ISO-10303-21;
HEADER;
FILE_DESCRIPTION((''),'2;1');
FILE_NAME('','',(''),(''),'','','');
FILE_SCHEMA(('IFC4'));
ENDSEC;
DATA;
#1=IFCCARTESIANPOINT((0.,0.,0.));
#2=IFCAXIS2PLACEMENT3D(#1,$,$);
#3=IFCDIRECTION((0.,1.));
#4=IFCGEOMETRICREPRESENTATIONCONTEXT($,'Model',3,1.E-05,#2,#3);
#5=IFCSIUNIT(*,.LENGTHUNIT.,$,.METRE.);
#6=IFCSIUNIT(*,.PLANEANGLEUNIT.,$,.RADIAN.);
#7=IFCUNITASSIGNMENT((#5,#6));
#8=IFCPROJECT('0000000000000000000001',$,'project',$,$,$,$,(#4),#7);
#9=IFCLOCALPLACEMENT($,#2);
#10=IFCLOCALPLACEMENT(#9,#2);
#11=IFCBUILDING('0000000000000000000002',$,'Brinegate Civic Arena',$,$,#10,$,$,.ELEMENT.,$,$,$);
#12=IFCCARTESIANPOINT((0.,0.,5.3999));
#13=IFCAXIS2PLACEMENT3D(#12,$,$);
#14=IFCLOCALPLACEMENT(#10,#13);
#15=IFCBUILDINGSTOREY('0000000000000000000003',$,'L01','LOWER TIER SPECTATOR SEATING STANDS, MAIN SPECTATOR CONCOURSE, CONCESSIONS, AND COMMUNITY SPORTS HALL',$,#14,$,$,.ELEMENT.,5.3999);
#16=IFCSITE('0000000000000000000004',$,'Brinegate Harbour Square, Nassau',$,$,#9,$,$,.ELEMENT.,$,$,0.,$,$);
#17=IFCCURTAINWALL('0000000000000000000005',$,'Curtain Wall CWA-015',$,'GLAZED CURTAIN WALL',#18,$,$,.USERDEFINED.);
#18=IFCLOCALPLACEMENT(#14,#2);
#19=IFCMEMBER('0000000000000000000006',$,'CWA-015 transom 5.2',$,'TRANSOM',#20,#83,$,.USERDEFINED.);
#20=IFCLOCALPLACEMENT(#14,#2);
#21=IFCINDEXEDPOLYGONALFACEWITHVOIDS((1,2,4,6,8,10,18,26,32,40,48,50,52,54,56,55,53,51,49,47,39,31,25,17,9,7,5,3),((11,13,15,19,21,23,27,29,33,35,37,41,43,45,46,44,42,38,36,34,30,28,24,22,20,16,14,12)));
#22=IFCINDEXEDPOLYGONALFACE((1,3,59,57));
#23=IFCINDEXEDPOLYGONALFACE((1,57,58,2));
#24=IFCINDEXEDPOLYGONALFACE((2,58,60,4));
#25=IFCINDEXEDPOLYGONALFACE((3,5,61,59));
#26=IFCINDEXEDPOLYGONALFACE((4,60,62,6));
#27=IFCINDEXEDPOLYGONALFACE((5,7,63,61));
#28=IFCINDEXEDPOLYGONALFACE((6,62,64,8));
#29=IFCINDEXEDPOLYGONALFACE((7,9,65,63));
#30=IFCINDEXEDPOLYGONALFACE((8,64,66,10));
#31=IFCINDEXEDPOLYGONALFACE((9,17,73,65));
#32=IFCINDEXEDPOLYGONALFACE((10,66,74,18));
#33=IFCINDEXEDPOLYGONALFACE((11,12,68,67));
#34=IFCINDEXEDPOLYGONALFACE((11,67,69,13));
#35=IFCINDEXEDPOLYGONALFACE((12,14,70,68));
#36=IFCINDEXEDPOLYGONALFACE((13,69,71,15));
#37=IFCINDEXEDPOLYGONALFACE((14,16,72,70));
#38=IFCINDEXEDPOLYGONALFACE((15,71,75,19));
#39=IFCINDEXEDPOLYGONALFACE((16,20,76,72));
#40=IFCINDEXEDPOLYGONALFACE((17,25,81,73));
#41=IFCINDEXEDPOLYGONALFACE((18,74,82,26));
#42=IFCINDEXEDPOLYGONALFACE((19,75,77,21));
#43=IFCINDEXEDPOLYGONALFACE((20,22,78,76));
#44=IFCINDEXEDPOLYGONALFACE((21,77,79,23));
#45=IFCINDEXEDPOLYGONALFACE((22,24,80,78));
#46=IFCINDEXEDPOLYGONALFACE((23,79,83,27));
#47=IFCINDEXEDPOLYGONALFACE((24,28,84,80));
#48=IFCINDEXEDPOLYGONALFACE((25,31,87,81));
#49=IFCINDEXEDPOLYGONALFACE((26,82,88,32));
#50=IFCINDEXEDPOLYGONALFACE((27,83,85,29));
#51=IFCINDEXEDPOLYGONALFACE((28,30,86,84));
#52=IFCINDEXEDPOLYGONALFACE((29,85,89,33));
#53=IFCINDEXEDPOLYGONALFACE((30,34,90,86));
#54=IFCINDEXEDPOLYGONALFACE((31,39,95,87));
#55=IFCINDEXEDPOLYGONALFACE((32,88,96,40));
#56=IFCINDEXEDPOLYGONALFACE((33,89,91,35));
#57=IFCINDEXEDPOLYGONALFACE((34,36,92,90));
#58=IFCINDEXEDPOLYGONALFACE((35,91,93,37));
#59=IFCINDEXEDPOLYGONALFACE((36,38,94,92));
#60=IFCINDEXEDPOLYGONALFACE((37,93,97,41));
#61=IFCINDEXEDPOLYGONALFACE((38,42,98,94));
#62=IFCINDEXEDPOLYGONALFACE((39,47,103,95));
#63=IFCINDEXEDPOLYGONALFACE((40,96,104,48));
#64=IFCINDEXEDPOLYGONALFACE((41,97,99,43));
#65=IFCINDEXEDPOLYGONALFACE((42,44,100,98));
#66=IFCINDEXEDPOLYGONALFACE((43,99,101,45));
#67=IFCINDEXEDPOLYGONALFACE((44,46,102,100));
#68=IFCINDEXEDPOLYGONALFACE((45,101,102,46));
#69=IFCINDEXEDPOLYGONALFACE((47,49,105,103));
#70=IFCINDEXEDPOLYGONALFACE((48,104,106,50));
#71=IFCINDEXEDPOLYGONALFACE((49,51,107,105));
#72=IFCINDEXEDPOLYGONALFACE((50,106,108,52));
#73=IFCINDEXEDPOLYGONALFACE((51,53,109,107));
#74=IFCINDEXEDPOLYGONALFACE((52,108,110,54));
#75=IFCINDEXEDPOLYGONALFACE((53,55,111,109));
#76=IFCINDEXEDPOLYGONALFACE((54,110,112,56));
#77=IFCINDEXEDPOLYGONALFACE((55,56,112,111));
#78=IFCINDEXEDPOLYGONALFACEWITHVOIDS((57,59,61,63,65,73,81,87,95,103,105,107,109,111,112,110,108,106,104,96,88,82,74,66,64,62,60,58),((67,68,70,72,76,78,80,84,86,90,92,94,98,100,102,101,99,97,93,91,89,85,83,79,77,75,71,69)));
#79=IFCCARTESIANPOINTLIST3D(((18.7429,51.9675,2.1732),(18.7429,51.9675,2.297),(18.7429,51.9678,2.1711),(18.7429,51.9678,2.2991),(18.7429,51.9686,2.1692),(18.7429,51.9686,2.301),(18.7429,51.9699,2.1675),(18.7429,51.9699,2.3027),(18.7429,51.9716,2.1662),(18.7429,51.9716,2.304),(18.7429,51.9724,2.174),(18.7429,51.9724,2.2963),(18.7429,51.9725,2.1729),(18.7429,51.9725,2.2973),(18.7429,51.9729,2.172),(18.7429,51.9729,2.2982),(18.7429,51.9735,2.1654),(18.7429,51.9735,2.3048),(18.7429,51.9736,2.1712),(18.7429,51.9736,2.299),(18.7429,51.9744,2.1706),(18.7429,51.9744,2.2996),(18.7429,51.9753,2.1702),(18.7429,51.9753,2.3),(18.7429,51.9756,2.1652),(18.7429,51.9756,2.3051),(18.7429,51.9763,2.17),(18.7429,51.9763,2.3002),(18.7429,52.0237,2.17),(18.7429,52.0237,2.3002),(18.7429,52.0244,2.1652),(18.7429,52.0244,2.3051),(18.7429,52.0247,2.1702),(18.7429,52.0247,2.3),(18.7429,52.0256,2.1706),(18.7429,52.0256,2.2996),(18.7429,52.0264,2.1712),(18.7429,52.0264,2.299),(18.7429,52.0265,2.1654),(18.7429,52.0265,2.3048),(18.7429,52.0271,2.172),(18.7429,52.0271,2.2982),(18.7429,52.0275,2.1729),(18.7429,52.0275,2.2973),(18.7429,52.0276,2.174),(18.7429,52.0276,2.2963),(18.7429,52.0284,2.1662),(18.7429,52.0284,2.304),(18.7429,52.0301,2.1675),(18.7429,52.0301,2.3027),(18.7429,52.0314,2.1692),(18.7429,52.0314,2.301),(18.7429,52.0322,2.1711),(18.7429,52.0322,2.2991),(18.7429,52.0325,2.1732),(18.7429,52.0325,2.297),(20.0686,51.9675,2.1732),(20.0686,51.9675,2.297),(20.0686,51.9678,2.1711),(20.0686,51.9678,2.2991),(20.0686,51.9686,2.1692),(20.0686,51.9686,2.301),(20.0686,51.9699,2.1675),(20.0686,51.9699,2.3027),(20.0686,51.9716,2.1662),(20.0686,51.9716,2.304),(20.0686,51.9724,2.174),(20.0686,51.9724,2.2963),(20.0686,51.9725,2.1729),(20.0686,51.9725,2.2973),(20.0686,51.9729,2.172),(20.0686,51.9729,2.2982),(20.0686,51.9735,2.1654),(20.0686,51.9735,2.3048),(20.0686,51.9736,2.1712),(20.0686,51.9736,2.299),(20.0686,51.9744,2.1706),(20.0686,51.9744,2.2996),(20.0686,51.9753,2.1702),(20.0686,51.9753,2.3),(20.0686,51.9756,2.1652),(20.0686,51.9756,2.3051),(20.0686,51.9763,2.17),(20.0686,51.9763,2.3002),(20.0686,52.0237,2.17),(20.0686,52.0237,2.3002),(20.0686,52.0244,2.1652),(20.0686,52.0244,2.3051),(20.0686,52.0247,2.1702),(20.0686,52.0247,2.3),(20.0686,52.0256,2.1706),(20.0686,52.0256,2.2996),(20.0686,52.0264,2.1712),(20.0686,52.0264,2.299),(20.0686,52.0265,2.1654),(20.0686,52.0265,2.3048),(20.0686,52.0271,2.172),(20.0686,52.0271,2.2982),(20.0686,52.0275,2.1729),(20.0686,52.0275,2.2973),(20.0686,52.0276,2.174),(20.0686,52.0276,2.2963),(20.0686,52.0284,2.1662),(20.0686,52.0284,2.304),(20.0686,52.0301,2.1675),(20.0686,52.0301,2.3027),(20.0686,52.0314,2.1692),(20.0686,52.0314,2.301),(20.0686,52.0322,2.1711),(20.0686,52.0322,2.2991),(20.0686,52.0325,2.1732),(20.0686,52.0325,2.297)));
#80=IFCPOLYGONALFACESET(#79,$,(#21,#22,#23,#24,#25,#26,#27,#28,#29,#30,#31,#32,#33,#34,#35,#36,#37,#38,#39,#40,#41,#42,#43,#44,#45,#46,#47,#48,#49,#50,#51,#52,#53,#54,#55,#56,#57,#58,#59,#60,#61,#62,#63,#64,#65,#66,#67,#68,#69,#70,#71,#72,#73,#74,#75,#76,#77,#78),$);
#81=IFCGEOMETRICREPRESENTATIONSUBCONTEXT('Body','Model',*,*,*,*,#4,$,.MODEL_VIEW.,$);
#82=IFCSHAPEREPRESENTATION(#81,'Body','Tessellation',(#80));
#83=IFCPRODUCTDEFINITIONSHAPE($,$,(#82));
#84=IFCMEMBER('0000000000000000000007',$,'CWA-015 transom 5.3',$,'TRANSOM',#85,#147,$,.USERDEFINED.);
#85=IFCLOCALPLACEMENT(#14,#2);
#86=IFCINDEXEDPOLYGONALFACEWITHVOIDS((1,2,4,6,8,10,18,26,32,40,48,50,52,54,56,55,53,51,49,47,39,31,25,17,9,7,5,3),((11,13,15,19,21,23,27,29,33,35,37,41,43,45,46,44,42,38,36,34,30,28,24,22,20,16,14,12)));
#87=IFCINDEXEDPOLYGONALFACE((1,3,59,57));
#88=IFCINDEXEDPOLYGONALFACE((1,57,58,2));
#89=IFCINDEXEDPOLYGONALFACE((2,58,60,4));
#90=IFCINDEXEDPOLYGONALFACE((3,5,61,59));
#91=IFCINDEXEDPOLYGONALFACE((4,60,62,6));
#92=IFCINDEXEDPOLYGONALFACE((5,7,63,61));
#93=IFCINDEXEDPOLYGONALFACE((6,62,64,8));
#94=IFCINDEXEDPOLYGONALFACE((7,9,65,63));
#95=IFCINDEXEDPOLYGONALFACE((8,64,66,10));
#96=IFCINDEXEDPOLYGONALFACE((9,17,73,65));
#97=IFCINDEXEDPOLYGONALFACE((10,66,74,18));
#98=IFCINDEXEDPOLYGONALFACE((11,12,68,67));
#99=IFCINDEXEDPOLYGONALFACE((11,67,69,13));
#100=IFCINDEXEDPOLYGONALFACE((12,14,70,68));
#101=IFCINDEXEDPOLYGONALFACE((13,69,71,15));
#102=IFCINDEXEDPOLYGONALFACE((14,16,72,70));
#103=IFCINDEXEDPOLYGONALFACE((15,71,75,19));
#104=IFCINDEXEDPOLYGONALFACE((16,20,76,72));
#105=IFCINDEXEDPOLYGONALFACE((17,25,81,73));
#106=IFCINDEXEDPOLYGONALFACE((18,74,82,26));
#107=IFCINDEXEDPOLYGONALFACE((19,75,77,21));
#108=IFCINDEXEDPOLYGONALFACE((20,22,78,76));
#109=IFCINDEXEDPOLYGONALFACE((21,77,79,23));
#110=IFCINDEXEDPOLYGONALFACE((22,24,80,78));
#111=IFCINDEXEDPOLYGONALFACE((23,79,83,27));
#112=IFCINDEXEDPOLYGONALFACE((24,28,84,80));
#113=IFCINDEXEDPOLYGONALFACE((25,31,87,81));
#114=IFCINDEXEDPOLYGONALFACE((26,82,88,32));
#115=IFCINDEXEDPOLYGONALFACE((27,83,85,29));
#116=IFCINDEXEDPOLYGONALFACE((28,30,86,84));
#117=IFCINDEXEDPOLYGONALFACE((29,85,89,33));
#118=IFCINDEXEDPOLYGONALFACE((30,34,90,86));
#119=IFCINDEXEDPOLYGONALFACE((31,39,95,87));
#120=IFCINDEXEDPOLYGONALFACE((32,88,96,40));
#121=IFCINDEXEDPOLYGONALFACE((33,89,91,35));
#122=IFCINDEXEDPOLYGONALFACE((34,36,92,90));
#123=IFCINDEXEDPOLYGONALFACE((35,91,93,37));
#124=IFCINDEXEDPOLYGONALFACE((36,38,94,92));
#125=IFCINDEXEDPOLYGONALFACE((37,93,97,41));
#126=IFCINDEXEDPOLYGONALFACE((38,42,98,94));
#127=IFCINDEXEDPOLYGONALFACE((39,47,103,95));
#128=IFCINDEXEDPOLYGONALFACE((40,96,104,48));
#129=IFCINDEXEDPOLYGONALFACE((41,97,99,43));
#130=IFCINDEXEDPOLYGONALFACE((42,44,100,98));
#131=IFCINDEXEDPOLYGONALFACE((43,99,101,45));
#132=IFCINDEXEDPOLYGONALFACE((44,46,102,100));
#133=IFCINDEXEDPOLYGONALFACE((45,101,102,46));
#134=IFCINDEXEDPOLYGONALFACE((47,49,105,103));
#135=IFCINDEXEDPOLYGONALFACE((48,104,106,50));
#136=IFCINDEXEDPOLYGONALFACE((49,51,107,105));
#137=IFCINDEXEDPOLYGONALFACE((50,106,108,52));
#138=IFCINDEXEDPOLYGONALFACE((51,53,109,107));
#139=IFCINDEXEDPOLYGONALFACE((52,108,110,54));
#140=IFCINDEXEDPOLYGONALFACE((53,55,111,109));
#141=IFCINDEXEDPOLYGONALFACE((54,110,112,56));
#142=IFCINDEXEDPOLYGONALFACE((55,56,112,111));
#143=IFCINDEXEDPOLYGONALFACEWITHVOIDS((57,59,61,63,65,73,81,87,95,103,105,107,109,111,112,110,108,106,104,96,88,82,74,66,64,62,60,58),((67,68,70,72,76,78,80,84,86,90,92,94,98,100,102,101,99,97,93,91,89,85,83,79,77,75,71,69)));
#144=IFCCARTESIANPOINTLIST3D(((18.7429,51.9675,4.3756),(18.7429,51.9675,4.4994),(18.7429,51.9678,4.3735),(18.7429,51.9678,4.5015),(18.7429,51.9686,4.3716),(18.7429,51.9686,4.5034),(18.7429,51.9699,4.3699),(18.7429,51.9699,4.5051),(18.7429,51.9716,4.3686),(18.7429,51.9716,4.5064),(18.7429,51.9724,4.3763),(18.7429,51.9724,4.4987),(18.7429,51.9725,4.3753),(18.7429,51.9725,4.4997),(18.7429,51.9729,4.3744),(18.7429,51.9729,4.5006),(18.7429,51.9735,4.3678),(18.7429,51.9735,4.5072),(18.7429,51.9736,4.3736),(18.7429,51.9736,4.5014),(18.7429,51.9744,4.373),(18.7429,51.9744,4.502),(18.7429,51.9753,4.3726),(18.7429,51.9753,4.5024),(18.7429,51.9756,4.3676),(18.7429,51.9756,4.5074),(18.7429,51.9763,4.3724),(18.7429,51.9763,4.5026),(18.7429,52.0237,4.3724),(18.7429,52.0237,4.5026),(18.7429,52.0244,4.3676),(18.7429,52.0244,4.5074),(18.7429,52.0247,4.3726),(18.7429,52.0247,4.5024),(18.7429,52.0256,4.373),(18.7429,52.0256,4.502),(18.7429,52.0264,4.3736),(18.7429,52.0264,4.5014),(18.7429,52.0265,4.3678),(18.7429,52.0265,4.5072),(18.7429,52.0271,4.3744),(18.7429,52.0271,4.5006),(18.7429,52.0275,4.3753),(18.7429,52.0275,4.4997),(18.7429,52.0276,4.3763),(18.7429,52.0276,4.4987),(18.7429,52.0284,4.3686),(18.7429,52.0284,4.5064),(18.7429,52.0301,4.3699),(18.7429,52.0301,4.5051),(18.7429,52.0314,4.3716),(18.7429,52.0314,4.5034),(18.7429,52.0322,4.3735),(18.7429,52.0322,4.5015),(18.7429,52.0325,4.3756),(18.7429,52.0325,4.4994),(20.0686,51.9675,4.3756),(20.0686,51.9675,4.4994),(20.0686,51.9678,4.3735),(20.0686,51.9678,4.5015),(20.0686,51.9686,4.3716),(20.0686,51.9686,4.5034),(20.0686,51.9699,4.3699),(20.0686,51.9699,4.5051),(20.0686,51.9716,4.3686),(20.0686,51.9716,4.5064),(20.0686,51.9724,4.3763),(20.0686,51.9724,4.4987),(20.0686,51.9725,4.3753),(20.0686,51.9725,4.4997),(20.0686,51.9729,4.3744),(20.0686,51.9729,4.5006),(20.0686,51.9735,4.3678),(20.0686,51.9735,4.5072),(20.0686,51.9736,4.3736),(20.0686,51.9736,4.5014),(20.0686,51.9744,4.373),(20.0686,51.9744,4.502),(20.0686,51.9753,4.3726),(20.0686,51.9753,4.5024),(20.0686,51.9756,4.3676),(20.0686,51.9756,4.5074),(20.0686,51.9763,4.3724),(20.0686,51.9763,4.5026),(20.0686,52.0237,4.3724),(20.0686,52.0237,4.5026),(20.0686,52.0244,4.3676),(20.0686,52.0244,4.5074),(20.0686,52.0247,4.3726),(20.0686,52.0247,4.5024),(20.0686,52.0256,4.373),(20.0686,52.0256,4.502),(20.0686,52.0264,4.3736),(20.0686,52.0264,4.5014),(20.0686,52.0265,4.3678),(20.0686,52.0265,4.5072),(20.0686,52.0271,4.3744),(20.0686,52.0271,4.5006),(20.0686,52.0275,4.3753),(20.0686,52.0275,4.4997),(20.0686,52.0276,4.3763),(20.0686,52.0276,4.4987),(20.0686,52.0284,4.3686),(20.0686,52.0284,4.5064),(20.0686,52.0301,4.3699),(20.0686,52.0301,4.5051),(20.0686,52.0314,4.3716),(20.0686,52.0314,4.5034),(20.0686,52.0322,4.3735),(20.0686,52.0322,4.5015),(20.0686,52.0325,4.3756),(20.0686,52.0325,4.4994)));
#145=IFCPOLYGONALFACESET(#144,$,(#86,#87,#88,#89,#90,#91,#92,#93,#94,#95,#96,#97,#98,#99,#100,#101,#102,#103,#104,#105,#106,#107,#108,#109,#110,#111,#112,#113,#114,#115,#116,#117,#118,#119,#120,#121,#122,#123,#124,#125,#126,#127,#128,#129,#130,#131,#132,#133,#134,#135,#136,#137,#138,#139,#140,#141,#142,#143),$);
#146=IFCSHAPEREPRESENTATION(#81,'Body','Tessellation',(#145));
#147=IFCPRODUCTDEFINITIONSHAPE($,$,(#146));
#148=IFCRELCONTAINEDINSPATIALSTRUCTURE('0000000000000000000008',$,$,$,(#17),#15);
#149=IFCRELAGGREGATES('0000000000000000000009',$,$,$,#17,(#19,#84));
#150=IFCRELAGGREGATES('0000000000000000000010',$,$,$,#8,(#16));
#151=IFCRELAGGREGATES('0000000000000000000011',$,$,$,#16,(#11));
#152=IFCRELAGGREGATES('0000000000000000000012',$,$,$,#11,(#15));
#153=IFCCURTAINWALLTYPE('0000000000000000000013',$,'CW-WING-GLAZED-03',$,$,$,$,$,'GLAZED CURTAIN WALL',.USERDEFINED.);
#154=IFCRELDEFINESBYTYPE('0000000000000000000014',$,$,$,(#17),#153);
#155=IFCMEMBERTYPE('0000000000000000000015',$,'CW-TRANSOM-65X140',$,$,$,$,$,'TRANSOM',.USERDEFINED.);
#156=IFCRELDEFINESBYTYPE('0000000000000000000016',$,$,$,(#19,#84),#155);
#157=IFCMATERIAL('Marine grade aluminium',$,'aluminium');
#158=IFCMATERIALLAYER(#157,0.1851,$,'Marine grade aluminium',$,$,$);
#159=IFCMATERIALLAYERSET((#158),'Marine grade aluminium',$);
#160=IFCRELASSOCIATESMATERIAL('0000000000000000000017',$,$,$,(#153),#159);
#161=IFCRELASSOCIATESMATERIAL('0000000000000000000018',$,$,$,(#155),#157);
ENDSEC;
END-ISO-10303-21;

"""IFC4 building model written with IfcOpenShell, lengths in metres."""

from ifc_helpers import new_model, si_unit, direction, frame, origin, origin_2d, place, context, subcontext, project, spatial, hollow_rectangle, extrude, material, layer, layer_set, material_profile, profile_set, type_object, element, aggregate, save


model = new_model("IFC4")

# Units and contexts
model_context = context("Model", 3, precision=1e-05, world=origin(), true_north=direction((0.0, 1.0)))
body_context = subcontext(model_context, "Body", "Model", "MODEL_VIEW")
ifc_project = project(units=[si_unit("LENGTHUNIT", "METRE"), si_unit("PLANEANGLEUNIT", "RADIAN")], contexts=[model_context])

# Site, building, storey
site_placement = place(None, origin())
site = spatial("IfcSite", under=ifc_project, at=site_placement, Name="Brinegate Harbour Square, Nassau", CompositionType="ELEMENT", RefElevation=0.0)
building_placement = place(site_placement, origin())
building = spatial("IfcBuilding", under=site, at=building_placement, Name="Brinegate Civic Arena", CompositionType="ELEMENT")
storey_placement = place(building_placement, frame((0.0, 0.0, 5.3999)))
storey = spatial("IfcBuildingStorey", under=building, at=storey_placement, Name="L01", Description="LOWER TIER SPECTATOR SEATING STANDS, MAIN SPECTATOR CONCOURSE, CONCESSIONS, AND COMMUNITY SPORTS HALL", CompositionType="ELEMENT", Elevation=5.3999)

# Curtain wall, members
ifc_material_1 = material(Name="Marine grade aluminium", Category="aluminium")
ifc_layer_1 = layer(ifc_material_1, 0.1851, Name="Marine grade aluminium")
ifc_layer_set_1 = layer_set([ifc_layer_1], Name="Marine grade aluminium")
curtain_wall_type = type_object("IfcCurtainWallType", Name="CW-WING-GLAZED-03", ElementType="GLAZED CURTAIN WALL", PredefinedType="USERDEFINED", material=ifc_layer_set_1)
curtain_wall_placement = place(storey_placement, origin())
curtain_wall = element("IfcCurtainWall", 1, at=curtain_wall_placement, inside=storey, type_object=curtain_wall_type, Name="Curtain Wall CWA-015", ObjectType="GLAZED CURTAIN WALL", PredefinedType="USERDEFINED")
ifc_material_profile_1 = material_profile(ifc_material_1, hollow_rectangle(XDim=0.0649, YDim=0.1399, WallThickness=0.0049, InnerFilletRadius=0.0039, OuterFilletRadius=0.0081, at=origin_2d()), Name="TRN65X140")
ifc_profile_set_1 = profile_set([ifc_material_profile_1], Name="Marine grade aluminium")
member_type_1 = type_object("IfcMemberType", Name="CW-TRANSOM-65X140", ElementType="TRANSOM", PredefinedType="USERDEFINED", material=ifc_profile_set_1)
member_1_placement = place(storey_placement, frame((18.7429, 52.0, 2.2351), z_axis=(1.0, 0.0, 0.0), x_axis=(0.0, 1.0, 0.0)))
member_1 = element("IfcMember", 2, at=member_1_placement, type_object=member_type_1, Name="CWA-015 transom 5.2", ObjectType="TRANSOM", PredefinedType="USERDEFINED", context=body_context, shape_type="SweptSolid", body=[
    extrude(hollow_rectangle(XDim=0.0649, YDim=0.1399, WallThickness=0.0049, InnerFilletRadius=0.0039, OuterFilletRadius=0.0081, at=origin_2d()), origin(), (0.0, 0.0, 1.0), 1.3257),
])
member_2_placement = place(storey_placement, frame((18.7429, 52.0, 4.4375), z_axis=(1.0, 0.0, 0.0), x_axis=(0.0, 1.0, 0.0)))
member_2 = element("IfcMember", 3, at=member_2_placement, type_object=member_type_1, Name="CWA-015 transom 5.3", ObjectType="TRANSOM", PredefinedType="USERDEFINED", context=body_context, shape_type="SweptSolid", body=[
    extrude(hollow_rectangle(XDim=0.0649, YDim=0.1399, WallThickness=0.0049, InnerFilletRadius=0.0039, OuterFilletRadius=0.0081, at=origin_2d()), origin(), (0.0, 0.0, 1.0), 1.3257),
])
aggregate(curtain_wall, [member_1, member_2])

save(model, "model.ifc")
